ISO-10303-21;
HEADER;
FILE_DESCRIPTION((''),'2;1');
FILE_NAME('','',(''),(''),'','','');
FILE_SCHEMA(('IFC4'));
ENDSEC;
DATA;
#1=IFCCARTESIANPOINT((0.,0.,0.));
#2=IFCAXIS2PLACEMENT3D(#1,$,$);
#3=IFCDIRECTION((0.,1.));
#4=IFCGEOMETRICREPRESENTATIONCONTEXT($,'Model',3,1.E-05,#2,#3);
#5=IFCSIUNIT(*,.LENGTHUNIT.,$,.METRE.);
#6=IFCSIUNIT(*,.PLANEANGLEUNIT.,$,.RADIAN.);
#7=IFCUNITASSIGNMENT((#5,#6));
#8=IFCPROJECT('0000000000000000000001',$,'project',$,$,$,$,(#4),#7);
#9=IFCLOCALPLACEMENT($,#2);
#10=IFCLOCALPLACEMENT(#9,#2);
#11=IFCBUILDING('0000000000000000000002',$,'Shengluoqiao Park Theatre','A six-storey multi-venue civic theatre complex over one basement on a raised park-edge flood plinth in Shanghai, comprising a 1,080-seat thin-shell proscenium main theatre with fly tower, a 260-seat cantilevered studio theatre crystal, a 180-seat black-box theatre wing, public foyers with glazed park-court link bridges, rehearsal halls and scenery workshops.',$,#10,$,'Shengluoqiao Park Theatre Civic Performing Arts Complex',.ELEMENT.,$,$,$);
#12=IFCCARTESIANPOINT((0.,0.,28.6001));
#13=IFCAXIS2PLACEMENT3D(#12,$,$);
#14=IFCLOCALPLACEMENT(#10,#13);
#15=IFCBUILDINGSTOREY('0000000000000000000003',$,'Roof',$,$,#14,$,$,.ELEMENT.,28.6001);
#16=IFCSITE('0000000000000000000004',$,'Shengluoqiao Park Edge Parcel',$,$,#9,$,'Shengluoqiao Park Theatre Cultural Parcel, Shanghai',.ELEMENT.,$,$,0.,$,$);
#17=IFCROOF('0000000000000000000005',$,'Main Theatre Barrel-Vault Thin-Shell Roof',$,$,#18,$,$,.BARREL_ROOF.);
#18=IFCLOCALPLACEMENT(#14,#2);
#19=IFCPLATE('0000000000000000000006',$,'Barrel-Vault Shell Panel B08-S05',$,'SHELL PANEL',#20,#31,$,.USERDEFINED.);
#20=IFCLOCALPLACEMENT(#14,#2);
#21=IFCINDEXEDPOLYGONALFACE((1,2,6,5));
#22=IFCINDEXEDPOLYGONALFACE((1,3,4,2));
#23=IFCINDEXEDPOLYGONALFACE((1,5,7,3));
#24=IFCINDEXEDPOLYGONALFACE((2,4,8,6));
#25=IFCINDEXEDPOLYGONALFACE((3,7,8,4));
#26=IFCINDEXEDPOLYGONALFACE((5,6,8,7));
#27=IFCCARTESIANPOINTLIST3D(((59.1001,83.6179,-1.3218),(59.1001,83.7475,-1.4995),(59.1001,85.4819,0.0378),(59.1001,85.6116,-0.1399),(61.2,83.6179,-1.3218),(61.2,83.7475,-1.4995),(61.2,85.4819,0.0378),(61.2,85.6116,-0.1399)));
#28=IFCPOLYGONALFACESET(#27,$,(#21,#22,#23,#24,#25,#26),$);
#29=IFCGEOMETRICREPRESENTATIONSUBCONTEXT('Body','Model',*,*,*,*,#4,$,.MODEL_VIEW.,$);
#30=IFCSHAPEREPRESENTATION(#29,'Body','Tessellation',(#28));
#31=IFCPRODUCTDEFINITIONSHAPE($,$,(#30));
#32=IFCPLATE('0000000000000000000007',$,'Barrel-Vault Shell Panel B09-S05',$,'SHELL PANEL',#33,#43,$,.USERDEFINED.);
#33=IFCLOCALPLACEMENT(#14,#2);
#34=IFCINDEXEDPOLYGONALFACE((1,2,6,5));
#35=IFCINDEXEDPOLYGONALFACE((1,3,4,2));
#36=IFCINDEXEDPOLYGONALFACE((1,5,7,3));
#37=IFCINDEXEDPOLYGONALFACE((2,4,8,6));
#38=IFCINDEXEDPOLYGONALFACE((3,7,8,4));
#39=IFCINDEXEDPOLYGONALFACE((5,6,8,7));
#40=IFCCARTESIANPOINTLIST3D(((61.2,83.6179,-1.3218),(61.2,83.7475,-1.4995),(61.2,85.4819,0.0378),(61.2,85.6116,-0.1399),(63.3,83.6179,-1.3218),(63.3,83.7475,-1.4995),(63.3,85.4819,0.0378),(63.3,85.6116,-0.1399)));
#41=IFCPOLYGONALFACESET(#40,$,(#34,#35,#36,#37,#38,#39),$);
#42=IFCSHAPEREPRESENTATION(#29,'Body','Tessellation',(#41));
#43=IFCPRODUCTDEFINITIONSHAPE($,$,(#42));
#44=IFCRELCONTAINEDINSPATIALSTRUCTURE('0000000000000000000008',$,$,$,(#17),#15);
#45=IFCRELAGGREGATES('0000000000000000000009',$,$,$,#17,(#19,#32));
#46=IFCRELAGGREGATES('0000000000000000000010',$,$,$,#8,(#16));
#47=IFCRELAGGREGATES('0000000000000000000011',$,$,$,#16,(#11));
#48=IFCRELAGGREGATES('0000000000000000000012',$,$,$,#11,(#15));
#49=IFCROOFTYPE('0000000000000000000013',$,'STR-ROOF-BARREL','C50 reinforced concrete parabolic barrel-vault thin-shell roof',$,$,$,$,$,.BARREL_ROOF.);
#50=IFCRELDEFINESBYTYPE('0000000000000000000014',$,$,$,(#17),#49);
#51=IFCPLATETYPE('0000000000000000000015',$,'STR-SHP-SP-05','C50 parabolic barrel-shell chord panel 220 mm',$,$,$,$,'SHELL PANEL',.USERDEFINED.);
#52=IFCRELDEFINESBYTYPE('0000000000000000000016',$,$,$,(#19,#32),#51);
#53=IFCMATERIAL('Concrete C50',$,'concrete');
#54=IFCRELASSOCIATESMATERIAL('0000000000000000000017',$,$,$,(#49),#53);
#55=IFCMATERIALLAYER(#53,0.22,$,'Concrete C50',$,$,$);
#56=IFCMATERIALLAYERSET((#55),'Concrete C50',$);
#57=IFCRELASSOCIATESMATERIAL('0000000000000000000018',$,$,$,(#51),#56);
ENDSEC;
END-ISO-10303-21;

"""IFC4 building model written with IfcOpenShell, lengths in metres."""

from ifc_helpers import new_model, si_unit, direction, frame, origin, place, context, subcontext, project, spatial, polyline, outline, extrude, material, layer, layer_set, type_object, element, aggregate, save


model = new_model("IFC4")

# Units and contexts
model_context = context("Model", 3, precision=1e-05, world=origin(), true_north=direction((0.0, 1.0)))
body_context = subcontext(model_context, "Body", "Model", "MODEL_VIEW")
ifc_project = project(units=[si_unit("LENGTHUNIT", "METRE"), si_unit("PLANEANGLEUNIT", "RADIAN")], contexts=[model_context])

# Site, building, storey
site_placement = place(None, origin())
site = spatial("IfcSite", under=ifc_project, at=site_placement, Name="Shengluoqiao Park Edge Parcel", LongName="Shengluoqiao Park Theatre Cultural Parcel, Shanghai", CompositionType="ELEMENT", RefElevation=0.0)
building_placement = place(site_placement, origin())
building = spatial("IfcBuilding", under=site, at=building_placement, Name="Shengluoqiao Park Theatre", Description="A six-storey multi-venue civic theatre complex over one basement on a raised park-edge flood plinth in Shanghai, comprising a 1,080-seat thin-shell proscenium main theatre with fly tower, a 260-seat cantilevered studio theatre crystal, a 180-seat black-box theatre wing, public foyers with glazed park-court link bridges, rehearsal halls and scenery workshops.", LongName="Shengluoqiao Park Theatre Civic Performing Arts Complex", CompositionType="ELEMENT")
storey_placement = place(building_placement, frame((0.0, 0.0, 28.6001)))
storey = spatial("IfcBuildingStorey", under=building, at=storey_placement, Name="Roof", CompositionType="ELEMENT", Elevation=28.6001)

# Shared definitions
ifc_material_1 = material(Name="Concrete C50", Category="concrete")

# Roof, plates
roof_type = type_object("IfcRoofType", Name="STR-ROOF-BARREL", Description="C50 reinforced concrete parabolic barrel-vault thin-shell roof", PredefinedType="BARREL_ROOF", material=ifc_material_1)
roof_placement = place(storey_placement, origin())
roof = element("IfcRoof", 1, at=roof_placement, inside=storey, type_object=roof_type, Name="Main Theatre Barrel-Vault Thin-Shell Roof", PredefinedType="BARREL_ROOF")
ifc_layer_1 = layer(ifc_material_1, 0.22, Name="Concrete C50")
ifc_layer_set_1 = layer_set([ifc_layer_1], Name="Concrete C50")
plate_type_1 = type_object("IfcPlateType", Name="STR-SHP-SP-05", Description="C50 parabolic barrel-shell chord panel 220 mm", ElementType="SHELL PANEL", PredefinedType="USERDEFINED", material=ifc_layer_set_1)
plate_1_placement = place(storey_placement, frame((59.1001, 83.6179, -1.3218), z_axis=(0.0, -0.589297, 0.807916), x_axis=(1.0, 0.0, 0.0)))
plate_1 = element("IfcPlate", 2, at=plate_1_placement, type_object=plate_type_1, Name="Barrel-Vault Shell Panel B08-S05", ObjectType="SHELL PANEL", PredefinedType="USERDEFINED", context=body_context, shape_type="SweptSolid", body=[
    extrude(outline(polyline([(0.0, 0.0), (2.0999, 0.0), (2.0999, 2.3072), (0.0, 2.3072), (0.0, 0.0)])), origin(), (0.0, 0.0, -1.0), 0.22),
])
plate_2_placement = place(storey_placement, frame((61.2, 83.6179, -1.3218), z_axis=(0.0, -0.589297, 0.807916), x_axis=(1.0, 0.0, 0.0)))
plate_2 = element("IfcPlate", 3, at=plate_2_placement, type_object=plate_type_1, Name="Barrel-Vault Shell Panel B09-S05", ObjectType="SHELL PANEL", PredefinedType="USERDEFINED", context=body_context, shape_type="SweptSolid", body=[
    extrude(outline(polyline([(0.0, 0.0), (2.1001, 0.0), (2.1001, 2.3072), (0.0, 2.3072), (0.0, 0.0)])), origin(), (0.0, 0.0, -1.0), 0.22),
])
aggregate(roof, [plate_1, plate_2])

save(model, "model.ifc")
